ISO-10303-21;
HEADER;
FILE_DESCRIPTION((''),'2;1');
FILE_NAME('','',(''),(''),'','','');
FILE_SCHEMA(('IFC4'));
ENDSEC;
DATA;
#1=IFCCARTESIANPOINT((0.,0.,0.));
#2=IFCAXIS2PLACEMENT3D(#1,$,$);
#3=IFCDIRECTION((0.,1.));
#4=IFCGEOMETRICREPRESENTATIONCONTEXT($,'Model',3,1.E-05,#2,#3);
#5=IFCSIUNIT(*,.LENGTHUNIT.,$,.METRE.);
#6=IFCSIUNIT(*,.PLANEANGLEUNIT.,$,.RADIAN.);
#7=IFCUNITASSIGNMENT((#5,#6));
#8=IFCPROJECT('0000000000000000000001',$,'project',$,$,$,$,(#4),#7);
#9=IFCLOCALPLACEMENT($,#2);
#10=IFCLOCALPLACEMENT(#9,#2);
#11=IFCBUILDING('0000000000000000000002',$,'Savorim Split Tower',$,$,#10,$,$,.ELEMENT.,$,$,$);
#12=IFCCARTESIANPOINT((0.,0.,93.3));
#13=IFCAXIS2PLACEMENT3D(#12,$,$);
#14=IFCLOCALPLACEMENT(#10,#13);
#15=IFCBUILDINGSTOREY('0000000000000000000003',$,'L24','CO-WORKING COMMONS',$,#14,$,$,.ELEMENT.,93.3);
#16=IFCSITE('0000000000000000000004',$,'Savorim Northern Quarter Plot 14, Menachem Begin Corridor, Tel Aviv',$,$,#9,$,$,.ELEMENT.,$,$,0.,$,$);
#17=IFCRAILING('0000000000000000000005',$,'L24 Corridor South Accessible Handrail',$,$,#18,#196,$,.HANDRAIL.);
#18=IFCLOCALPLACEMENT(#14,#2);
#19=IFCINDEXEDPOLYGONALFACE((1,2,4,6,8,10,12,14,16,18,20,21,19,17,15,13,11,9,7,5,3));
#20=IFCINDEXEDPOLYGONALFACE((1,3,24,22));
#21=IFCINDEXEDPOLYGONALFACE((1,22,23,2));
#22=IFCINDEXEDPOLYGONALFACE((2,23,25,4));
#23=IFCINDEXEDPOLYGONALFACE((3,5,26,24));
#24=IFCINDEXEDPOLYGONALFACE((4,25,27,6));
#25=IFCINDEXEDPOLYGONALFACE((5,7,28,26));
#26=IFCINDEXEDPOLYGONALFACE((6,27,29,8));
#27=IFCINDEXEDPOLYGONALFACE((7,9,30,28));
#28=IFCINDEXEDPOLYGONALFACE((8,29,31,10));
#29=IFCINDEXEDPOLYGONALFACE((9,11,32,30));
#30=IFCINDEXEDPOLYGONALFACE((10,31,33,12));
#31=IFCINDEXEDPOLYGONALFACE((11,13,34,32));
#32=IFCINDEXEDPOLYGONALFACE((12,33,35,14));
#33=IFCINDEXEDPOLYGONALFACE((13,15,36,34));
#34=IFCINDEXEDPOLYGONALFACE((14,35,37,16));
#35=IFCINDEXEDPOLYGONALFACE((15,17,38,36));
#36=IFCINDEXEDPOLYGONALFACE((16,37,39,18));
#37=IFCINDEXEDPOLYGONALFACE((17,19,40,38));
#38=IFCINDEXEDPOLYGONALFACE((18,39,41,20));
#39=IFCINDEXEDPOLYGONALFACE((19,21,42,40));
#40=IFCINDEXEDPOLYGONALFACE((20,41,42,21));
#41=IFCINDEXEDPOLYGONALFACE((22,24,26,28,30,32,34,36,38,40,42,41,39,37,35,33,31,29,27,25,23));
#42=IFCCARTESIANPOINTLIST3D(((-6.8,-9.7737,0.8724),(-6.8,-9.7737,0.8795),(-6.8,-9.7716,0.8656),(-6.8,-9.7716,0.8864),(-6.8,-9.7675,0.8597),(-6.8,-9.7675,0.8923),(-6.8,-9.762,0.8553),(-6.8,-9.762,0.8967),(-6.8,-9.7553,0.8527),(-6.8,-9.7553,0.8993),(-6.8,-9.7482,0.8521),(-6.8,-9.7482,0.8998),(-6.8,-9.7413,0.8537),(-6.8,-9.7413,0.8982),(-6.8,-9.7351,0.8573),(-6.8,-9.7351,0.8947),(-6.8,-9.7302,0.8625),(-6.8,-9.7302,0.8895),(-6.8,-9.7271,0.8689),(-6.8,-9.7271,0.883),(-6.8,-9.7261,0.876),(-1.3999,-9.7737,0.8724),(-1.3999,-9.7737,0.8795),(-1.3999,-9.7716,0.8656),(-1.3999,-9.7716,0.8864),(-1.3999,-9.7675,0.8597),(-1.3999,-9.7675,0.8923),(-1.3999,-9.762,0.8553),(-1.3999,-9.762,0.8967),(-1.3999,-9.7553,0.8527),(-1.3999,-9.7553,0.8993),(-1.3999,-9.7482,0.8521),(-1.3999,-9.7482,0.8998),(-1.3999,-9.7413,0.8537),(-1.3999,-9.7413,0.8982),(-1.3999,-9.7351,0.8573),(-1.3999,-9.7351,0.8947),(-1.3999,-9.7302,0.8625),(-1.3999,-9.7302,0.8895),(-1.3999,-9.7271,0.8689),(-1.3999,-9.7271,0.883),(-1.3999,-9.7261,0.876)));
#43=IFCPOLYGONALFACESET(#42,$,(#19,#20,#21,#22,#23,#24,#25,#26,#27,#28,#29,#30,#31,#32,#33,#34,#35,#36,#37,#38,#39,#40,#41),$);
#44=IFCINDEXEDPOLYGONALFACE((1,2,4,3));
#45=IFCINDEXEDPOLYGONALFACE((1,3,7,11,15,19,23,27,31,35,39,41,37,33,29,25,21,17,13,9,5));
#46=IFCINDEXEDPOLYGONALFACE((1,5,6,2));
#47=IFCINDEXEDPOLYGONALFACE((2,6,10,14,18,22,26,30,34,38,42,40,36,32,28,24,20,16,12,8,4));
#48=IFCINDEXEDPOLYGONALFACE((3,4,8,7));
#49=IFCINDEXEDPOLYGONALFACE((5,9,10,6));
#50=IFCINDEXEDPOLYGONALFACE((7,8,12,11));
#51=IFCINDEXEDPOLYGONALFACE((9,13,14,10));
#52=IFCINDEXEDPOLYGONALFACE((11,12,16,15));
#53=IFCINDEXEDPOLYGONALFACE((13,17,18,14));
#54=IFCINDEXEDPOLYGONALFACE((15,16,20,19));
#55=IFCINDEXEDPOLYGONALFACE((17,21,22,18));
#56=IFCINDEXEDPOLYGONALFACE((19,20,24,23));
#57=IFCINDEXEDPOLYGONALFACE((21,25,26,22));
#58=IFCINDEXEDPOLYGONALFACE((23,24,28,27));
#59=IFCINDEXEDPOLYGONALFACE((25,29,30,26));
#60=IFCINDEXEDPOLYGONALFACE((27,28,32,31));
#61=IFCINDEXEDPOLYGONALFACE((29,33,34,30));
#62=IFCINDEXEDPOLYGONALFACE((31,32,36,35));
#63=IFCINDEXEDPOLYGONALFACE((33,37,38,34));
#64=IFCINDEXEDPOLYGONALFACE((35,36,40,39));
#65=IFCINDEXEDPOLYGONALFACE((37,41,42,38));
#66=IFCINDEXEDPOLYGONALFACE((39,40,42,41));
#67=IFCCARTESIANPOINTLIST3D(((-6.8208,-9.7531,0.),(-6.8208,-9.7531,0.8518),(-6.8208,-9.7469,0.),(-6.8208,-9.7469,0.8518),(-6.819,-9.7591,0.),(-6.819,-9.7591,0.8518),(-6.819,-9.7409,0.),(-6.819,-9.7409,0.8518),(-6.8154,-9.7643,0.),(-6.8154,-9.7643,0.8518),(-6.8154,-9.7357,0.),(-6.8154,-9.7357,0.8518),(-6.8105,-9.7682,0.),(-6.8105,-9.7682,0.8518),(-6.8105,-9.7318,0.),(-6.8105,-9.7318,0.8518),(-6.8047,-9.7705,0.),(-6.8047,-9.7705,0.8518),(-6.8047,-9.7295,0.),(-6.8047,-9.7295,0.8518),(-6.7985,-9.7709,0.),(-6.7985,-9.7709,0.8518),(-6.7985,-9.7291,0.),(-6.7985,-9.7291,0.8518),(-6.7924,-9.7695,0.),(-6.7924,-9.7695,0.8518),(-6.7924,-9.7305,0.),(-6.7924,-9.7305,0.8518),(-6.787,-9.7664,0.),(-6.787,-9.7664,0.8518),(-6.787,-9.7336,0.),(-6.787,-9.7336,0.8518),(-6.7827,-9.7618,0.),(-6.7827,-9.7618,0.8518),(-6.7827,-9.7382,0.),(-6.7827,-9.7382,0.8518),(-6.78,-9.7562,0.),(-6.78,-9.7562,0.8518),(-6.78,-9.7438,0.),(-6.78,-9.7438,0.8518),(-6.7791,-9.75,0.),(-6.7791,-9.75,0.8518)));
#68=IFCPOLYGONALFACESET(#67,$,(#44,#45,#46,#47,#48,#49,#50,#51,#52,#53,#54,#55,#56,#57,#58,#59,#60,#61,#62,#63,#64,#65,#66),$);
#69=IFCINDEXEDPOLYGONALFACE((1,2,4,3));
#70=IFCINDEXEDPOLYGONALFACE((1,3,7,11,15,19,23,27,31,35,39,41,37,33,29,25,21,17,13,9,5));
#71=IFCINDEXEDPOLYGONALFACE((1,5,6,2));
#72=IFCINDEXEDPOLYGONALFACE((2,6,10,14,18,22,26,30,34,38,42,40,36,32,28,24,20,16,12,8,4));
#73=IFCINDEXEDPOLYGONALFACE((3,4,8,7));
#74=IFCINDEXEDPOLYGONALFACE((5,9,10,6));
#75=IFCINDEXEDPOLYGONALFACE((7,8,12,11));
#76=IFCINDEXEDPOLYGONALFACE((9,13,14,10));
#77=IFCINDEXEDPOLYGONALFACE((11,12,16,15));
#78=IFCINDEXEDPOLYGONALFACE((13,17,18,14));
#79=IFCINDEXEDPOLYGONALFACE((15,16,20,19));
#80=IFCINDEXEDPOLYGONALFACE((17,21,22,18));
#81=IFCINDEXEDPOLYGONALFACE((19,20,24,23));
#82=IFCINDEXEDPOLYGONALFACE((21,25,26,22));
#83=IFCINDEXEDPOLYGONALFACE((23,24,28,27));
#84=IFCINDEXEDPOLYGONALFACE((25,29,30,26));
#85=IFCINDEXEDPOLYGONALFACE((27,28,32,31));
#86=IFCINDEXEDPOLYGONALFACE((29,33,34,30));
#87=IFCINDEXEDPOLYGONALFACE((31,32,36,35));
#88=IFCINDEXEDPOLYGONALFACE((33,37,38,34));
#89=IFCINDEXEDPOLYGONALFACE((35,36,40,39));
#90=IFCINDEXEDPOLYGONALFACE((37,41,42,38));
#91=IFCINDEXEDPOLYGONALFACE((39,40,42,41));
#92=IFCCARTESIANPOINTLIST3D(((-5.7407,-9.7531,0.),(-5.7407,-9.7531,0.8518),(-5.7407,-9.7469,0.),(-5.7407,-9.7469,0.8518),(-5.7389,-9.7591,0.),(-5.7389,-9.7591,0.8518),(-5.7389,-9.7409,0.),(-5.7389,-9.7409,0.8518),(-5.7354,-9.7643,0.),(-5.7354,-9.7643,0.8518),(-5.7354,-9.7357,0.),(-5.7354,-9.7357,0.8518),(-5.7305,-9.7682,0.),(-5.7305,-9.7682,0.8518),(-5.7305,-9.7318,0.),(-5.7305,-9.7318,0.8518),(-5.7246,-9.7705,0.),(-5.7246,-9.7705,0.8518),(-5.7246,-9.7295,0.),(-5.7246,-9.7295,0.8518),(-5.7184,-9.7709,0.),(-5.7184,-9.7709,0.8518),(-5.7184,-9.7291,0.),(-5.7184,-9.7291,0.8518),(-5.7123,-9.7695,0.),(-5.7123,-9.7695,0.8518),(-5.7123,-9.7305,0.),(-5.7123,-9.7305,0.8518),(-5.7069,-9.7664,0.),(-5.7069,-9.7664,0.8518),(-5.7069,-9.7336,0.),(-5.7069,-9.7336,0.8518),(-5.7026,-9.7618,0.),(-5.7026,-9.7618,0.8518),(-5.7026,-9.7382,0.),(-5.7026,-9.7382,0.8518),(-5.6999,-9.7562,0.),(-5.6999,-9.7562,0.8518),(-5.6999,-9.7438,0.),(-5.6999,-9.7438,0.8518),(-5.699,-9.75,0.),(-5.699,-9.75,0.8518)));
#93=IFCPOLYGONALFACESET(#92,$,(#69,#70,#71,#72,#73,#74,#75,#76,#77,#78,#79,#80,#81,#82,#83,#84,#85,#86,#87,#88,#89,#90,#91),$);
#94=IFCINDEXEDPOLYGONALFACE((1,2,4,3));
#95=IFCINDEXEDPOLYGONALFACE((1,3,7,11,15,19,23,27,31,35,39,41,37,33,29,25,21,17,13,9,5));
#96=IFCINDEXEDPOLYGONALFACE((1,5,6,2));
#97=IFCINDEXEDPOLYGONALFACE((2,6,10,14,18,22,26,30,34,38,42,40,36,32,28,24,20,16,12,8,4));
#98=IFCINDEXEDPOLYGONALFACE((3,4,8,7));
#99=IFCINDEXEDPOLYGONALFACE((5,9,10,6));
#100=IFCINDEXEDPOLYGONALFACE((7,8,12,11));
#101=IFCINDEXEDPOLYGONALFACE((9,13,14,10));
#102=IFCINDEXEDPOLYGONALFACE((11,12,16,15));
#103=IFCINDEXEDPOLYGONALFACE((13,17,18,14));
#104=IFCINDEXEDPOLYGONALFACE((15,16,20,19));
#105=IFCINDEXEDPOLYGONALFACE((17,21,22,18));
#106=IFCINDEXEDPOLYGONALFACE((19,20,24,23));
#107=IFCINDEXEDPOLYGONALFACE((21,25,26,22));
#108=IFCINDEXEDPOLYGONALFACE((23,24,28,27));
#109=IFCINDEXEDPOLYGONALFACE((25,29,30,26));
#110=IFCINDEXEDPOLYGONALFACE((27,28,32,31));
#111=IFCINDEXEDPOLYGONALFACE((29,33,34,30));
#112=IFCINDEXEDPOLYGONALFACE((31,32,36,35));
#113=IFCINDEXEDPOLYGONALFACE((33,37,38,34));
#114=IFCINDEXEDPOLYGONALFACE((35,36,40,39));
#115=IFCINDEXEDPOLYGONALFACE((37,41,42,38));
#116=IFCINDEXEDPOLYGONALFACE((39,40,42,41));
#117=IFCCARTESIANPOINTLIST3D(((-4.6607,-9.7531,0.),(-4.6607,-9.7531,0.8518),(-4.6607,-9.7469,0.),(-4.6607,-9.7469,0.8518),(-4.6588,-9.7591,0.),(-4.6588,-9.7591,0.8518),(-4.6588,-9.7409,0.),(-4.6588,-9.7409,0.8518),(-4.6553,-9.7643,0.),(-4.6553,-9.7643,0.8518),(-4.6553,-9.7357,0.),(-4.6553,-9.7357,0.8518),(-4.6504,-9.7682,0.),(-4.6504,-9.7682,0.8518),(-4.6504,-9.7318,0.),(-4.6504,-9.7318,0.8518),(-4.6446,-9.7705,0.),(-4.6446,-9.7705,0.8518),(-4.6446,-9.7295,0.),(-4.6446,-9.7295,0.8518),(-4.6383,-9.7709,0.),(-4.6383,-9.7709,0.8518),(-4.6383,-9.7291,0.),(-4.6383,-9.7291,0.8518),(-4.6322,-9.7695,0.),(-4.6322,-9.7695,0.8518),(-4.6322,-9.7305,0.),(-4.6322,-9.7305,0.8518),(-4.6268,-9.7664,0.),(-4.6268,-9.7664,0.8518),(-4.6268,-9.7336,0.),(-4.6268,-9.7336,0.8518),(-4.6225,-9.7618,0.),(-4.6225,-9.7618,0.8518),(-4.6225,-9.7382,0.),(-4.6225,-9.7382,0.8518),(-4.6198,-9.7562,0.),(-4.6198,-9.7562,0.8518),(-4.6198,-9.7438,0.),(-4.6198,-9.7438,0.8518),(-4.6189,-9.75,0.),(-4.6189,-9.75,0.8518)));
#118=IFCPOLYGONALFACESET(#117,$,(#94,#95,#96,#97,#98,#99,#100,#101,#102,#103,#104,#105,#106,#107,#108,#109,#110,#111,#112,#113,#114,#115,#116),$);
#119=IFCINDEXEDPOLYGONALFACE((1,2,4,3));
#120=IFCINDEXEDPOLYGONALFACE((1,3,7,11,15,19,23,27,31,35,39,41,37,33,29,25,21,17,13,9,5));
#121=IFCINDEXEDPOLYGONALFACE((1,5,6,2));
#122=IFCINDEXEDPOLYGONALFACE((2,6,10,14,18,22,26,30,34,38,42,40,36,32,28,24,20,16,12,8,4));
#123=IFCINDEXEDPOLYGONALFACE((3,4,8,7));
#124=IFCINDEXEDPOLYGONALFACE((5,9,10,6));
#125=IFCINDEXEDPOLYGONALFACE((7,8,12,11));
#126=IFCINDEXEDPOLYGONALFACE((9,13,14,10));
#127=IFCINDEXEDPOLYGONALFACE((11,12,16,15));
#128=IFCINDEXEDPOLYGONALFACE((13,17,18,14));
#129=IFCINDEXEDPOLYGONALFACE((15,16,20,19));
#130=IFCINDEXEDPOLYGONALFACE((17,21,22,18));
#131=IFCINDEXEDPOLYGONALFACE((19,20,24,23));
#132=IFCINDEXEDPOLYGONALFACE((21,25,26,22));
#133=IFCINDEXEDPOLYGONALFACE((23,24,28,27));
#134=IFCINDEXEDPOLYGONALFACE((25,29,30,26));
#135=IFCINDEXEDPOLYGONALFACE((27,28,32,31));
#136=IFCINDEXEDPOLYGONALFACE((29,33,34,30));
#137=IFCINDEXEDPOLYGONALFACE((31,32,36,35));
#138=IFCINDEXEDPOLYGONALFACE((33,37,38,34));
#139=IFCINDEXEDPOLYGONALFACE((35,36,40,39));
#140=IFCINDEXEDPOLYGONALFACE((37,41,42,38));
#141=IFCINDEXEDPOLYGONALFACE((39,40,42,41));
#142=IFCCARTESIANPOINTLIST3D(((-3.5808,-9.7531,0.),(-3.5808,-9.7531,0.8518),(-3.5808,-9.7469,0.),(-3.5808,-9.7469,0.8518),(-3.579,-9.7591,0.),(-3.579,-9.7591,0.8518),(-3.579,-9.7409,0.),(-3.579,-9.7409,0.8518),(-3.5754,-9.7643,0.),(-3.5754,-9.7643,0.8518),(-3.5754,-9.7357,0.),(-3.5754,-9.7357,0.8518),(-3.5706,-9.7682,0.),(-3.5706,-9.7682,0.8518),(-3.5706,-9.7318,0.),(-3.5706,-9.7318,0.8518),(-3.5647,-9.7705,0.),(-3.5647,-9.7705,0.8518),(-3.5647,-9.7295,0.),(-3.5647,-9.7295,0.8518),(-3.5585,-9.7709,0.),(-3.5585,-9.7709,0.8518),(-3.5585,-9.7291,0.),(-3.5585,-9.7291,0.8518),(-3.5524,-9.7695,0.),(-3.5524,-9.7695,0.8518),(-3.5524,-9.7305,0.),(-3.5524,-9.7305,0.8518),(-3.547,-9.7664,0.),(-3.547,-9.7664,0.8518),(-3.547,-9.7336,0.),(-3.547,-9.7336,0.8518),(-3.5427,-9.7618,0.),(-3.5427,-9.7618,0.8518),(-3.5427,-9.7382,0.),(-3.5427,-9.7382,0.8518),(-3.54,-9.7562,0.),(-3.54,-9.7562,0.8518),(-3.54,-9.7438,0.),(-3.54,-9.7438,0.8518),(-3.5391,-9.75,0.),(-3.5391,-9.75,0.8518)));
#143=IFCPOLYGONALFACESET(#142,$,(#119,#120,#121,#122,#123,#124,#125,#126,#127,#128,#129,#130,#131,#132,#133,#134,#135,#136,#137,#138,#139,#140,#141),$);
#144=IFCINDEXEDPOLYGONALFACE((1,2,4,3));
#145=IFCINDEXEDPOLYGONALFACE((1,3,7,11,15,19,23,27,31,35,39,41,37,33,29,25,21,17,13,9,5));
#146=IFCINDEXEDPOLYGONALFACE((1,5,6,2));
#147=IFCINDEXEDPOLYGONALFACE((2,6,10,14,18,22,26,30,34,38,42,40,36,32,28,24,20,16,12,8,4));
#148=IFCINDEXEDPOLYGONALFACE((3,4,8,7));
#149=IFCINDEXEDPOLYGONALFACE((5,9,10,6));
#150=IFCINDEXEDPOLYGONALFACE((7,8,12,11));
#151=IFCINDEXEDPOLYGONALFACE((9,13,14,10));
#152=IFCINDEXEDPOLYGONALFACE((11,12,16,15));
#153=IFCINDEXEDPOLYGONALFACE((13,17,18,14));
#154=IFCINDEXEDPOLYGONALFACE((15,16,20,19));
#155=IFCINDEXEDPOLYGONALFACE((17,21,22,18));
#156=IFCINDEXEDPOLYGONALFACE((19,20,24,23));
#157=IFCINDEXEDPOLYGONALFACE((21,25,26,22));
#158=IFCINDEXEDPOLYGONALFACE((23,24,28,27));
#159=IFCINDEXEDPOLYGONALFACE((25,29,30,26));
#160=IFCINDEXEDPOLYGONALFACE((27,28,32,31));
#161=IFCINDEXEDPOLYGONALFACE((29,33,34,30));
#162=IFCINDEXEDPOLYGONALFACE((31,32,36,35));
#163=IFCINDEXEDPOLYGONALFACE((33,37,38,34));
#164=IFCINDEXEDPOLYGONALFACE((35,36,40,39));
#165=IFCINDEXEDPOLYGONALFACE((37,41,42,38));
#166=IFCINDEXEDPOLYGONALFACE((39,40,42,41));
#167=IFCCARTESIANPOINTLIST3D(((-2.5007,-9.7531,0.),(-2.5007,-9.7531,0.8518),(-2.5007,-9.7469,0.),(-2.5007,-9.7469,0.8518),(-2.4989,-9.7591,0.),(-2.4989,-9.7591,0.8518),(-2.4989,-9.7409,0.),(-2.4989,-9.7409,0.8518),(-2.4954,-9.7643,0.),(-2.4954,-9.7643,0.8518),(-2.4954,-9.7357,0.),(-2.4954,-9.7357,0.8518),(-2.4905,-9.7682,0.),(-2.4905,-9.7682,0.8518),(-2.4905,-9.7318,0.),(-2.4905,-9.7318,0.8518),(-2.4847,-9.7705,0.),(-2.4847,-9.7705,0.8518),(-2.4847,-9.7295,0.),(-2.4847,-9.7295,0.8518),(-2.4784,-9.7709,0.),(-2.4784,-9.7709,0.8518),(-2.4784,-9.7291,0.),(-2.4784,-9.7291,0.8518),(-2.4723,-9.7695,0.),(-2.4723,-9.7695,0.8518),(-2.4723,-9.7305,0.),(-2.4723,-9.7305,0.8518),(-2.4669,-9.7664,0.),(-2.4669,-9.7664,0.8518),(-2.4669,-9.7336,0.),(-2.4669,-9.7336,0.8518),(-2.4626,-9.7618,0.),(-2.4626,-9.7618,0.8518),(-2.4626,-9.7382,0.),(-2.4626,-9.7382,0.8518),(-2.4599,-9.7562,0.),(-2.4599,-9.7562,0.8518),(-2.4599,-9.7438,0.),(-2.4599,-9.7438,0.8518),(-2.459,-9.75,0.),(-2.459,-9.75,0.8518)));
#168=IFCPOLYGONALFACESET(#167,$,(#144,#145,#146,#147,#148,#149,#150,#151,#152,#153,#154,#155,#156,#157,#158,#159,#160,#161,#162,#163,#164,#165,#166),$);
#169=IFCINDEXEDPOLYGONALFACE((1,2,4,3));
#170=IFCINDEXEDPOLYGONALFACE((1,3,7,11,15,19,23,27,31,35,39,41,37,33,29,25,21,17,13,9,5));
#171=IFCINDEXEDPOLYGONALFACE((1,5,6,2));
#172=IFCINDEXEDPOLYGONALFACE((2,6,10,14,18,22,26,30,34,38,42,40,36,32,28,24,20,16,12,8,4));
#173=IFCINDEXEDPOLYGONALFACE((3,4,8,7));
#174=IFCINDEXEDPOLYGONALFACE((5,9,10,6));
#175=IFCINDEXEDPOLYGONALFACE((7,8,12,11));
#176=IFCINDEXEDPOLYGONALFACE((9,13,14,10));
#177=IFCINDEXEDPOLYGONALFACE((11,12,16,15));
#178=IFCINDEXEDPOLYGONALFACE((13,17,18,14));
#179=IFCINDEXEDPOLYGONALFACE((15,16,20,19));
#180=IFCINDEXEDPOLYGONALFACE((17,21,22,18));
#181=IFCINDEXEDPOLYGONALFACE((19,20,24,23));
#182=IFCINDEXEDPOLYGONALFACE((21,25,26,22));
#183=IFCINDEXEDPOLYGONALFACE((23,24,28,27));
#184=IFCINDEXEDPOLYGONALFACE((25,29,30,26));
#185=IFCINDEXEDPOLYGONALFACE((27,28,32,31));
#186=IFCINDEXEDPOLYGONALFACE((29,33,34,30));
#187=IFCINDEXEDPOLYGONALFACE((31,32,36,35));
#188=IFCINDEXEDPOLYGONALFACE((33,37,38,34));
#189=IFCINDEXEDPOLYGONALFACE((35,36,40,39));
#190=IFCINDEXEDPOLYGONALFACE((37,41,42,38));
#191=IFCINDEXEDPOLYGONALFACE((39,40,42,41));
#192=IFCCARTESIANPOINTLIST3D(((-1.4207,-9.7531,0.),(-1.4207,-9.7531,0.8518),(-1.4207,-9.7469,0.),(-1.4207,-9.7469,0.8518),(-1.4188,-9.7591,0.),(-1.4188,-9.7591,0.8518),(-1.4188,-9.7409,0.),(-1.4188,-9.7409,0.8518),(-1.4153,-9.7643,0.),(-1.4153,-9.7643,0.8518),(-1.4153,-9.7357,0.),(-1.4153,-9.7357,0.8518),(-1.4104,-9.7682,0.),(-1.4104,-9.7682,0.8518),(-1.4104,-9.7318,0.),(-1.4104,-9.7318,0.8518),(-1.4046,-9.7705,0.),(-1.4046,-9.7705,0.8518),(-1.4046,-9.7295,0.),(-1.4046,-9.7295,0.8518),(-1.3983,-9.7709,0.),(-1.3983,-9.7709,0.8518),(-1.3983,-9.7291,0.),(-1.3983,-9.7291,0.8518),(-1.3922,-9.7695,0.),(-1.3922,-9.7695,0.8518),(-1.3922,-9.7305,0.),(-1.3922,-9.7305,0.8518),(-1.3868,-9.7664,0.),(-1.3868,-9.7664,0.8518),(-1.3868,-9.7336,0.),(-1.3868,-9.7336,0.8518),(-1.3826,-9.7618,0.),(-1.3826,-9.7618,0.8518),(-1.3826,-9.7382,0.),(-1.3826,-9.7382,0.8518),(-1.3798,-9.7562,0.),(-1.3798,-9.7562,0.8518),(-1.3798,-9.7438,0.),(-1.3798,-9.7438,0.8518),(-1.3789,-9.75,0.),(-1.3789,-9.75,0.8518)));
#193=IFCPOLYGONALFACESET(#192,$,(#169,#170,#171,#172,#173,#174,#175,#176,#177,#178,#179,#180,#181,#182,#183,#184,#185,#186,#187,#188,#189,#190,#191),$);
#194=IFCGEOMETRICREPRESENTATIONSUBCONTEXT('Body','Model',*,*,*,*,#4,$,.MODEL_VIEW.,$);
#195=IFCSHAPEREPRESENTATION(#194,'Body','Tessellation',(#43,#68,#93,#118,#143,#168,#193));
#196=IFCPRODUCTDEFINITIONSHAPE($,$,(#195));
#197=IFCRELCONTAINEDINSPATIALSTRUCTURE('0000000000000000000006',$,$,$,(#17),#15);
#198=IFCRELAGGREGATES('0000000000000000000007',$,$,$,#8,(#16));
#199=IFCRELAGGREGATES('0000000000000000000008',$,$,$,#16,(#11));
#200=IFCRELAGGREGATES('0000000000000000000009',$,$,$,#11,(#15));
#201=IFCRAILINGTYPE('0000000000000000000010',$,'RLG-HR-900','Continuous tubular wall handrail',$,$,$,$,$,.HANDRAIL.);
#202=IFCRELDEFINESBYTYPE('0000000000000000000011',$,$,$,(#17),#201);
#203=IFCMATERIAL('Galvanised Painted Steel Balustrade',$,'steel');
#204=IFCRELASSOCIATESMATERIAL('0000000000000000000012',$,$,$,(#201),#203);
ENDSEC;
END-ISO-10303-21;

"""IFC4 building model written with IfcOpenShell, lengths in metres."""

from ifc_helpers import new_model, si_unit, direction, frame, origin, origin_2d, place, context, subcontext, project, spatial, circle, extrude, material, type_object, element, save


model = new_model("IFC4")

# Units and contexts
model_context = context("Model", 3, precision=1e-05, world=origin(), true_north=direction((0.0, 1.0)))
body_context = subcontext(model_context, "Body", "Model", "MODEL_VIEW")
ifc_project = project(units=[si_unit("LENGTHUNIT", "METRE"), si_unit("PLANEANGLEUNIT", "RADIAN")], contexts=[model_context])

# Site, building, storey
site_placement = place(None, origin())
site = spatial("IfcSite", under=ifc_project, at=site_placement, Name="Savorim Northern Quarter Plot 14, Menachem Begin Corridor, Tel Aviv", CompositionType="ELEMENT", RefElevation=0.0)
building_placement = place(site_placement, origin())
building = spatial("IfcBuilding", under=site, at=building_placement, Name="Savorim Split Tower", CompositionType="ELEMENT")
storey_placement = place(building_placement, frame((0.0, 0.0, 93.3)))
storey = spatial("IfcBuildingStorey", under=building, at=storey_placement, Name="L24", Description="CO-WORKING COMMONS", CompositionType="ELEMENT", Elevation=93.3)

# Railing
ifc_material_1 = material(Name="Galvanised Painted Steel Balustrade", Category="steel")
railing_type_1 = type_object("IfcRailingType", Name="RLG-HR-900", Description="Continuous tubular wall handrail", PredefinedType="HANDRAIL", material=ifc_material_1)
railing_1_placement = place(storey_placement, frame((-6.8, -9.75, 0.0)))
element("IfcRailing", 1, at=railing_1_placement, inside=storey, type_object=railing_type_1, Name="L24 Corridor South Accessible Handrail", PredefinedType="HANDRAIL", context=body_context, shape_type="SweptSolid", body=[
    extrude(circle(Radius=0.0239, at=origin_2d()), frame((0.0, 0.0, 0.876), z_axis=(1.0, 0.0, 0.0), x_axis=(0.0, 1.0, 0.0)), (0.0, 0.0, 1.0), 5.4001),
    extrude(circle(Radius=0.021, at=origin_2d()), origin(), (0.0, 0.0, 1.0), 0.8518),
    extrude(circle(Radius=0.021, at=origin_2d()), frame((1.0801, 0.0, 0.0)), (0.0, 0.0, 1.0), 0.8518),
    extrude(circle(Radius=0.021, at=origin_2d()), frame((2.1602, 0.0, 0.0)), (0.0, 0.0, 1.0), 0.8518),
    extrude(circle(Radius=0.021, at=origin_2d()), frame((3.24, 0.0, 0.0)), (0.0, 0.0, 1.0), 0.8518),
    extrude(circle(Radius=0.021, at=origin_2d()), frame((4.3201, 0.0, 0.0)), (0.0, 0.0, 1.0), 0.8518),
    extrude(circle(Radius=0.021, at=origin_2d()), frame((5.4001, 0.0, 0.0)), (0.0, 0.0, 1.0), 0.8518),
])

save(model, "model.ifc")
